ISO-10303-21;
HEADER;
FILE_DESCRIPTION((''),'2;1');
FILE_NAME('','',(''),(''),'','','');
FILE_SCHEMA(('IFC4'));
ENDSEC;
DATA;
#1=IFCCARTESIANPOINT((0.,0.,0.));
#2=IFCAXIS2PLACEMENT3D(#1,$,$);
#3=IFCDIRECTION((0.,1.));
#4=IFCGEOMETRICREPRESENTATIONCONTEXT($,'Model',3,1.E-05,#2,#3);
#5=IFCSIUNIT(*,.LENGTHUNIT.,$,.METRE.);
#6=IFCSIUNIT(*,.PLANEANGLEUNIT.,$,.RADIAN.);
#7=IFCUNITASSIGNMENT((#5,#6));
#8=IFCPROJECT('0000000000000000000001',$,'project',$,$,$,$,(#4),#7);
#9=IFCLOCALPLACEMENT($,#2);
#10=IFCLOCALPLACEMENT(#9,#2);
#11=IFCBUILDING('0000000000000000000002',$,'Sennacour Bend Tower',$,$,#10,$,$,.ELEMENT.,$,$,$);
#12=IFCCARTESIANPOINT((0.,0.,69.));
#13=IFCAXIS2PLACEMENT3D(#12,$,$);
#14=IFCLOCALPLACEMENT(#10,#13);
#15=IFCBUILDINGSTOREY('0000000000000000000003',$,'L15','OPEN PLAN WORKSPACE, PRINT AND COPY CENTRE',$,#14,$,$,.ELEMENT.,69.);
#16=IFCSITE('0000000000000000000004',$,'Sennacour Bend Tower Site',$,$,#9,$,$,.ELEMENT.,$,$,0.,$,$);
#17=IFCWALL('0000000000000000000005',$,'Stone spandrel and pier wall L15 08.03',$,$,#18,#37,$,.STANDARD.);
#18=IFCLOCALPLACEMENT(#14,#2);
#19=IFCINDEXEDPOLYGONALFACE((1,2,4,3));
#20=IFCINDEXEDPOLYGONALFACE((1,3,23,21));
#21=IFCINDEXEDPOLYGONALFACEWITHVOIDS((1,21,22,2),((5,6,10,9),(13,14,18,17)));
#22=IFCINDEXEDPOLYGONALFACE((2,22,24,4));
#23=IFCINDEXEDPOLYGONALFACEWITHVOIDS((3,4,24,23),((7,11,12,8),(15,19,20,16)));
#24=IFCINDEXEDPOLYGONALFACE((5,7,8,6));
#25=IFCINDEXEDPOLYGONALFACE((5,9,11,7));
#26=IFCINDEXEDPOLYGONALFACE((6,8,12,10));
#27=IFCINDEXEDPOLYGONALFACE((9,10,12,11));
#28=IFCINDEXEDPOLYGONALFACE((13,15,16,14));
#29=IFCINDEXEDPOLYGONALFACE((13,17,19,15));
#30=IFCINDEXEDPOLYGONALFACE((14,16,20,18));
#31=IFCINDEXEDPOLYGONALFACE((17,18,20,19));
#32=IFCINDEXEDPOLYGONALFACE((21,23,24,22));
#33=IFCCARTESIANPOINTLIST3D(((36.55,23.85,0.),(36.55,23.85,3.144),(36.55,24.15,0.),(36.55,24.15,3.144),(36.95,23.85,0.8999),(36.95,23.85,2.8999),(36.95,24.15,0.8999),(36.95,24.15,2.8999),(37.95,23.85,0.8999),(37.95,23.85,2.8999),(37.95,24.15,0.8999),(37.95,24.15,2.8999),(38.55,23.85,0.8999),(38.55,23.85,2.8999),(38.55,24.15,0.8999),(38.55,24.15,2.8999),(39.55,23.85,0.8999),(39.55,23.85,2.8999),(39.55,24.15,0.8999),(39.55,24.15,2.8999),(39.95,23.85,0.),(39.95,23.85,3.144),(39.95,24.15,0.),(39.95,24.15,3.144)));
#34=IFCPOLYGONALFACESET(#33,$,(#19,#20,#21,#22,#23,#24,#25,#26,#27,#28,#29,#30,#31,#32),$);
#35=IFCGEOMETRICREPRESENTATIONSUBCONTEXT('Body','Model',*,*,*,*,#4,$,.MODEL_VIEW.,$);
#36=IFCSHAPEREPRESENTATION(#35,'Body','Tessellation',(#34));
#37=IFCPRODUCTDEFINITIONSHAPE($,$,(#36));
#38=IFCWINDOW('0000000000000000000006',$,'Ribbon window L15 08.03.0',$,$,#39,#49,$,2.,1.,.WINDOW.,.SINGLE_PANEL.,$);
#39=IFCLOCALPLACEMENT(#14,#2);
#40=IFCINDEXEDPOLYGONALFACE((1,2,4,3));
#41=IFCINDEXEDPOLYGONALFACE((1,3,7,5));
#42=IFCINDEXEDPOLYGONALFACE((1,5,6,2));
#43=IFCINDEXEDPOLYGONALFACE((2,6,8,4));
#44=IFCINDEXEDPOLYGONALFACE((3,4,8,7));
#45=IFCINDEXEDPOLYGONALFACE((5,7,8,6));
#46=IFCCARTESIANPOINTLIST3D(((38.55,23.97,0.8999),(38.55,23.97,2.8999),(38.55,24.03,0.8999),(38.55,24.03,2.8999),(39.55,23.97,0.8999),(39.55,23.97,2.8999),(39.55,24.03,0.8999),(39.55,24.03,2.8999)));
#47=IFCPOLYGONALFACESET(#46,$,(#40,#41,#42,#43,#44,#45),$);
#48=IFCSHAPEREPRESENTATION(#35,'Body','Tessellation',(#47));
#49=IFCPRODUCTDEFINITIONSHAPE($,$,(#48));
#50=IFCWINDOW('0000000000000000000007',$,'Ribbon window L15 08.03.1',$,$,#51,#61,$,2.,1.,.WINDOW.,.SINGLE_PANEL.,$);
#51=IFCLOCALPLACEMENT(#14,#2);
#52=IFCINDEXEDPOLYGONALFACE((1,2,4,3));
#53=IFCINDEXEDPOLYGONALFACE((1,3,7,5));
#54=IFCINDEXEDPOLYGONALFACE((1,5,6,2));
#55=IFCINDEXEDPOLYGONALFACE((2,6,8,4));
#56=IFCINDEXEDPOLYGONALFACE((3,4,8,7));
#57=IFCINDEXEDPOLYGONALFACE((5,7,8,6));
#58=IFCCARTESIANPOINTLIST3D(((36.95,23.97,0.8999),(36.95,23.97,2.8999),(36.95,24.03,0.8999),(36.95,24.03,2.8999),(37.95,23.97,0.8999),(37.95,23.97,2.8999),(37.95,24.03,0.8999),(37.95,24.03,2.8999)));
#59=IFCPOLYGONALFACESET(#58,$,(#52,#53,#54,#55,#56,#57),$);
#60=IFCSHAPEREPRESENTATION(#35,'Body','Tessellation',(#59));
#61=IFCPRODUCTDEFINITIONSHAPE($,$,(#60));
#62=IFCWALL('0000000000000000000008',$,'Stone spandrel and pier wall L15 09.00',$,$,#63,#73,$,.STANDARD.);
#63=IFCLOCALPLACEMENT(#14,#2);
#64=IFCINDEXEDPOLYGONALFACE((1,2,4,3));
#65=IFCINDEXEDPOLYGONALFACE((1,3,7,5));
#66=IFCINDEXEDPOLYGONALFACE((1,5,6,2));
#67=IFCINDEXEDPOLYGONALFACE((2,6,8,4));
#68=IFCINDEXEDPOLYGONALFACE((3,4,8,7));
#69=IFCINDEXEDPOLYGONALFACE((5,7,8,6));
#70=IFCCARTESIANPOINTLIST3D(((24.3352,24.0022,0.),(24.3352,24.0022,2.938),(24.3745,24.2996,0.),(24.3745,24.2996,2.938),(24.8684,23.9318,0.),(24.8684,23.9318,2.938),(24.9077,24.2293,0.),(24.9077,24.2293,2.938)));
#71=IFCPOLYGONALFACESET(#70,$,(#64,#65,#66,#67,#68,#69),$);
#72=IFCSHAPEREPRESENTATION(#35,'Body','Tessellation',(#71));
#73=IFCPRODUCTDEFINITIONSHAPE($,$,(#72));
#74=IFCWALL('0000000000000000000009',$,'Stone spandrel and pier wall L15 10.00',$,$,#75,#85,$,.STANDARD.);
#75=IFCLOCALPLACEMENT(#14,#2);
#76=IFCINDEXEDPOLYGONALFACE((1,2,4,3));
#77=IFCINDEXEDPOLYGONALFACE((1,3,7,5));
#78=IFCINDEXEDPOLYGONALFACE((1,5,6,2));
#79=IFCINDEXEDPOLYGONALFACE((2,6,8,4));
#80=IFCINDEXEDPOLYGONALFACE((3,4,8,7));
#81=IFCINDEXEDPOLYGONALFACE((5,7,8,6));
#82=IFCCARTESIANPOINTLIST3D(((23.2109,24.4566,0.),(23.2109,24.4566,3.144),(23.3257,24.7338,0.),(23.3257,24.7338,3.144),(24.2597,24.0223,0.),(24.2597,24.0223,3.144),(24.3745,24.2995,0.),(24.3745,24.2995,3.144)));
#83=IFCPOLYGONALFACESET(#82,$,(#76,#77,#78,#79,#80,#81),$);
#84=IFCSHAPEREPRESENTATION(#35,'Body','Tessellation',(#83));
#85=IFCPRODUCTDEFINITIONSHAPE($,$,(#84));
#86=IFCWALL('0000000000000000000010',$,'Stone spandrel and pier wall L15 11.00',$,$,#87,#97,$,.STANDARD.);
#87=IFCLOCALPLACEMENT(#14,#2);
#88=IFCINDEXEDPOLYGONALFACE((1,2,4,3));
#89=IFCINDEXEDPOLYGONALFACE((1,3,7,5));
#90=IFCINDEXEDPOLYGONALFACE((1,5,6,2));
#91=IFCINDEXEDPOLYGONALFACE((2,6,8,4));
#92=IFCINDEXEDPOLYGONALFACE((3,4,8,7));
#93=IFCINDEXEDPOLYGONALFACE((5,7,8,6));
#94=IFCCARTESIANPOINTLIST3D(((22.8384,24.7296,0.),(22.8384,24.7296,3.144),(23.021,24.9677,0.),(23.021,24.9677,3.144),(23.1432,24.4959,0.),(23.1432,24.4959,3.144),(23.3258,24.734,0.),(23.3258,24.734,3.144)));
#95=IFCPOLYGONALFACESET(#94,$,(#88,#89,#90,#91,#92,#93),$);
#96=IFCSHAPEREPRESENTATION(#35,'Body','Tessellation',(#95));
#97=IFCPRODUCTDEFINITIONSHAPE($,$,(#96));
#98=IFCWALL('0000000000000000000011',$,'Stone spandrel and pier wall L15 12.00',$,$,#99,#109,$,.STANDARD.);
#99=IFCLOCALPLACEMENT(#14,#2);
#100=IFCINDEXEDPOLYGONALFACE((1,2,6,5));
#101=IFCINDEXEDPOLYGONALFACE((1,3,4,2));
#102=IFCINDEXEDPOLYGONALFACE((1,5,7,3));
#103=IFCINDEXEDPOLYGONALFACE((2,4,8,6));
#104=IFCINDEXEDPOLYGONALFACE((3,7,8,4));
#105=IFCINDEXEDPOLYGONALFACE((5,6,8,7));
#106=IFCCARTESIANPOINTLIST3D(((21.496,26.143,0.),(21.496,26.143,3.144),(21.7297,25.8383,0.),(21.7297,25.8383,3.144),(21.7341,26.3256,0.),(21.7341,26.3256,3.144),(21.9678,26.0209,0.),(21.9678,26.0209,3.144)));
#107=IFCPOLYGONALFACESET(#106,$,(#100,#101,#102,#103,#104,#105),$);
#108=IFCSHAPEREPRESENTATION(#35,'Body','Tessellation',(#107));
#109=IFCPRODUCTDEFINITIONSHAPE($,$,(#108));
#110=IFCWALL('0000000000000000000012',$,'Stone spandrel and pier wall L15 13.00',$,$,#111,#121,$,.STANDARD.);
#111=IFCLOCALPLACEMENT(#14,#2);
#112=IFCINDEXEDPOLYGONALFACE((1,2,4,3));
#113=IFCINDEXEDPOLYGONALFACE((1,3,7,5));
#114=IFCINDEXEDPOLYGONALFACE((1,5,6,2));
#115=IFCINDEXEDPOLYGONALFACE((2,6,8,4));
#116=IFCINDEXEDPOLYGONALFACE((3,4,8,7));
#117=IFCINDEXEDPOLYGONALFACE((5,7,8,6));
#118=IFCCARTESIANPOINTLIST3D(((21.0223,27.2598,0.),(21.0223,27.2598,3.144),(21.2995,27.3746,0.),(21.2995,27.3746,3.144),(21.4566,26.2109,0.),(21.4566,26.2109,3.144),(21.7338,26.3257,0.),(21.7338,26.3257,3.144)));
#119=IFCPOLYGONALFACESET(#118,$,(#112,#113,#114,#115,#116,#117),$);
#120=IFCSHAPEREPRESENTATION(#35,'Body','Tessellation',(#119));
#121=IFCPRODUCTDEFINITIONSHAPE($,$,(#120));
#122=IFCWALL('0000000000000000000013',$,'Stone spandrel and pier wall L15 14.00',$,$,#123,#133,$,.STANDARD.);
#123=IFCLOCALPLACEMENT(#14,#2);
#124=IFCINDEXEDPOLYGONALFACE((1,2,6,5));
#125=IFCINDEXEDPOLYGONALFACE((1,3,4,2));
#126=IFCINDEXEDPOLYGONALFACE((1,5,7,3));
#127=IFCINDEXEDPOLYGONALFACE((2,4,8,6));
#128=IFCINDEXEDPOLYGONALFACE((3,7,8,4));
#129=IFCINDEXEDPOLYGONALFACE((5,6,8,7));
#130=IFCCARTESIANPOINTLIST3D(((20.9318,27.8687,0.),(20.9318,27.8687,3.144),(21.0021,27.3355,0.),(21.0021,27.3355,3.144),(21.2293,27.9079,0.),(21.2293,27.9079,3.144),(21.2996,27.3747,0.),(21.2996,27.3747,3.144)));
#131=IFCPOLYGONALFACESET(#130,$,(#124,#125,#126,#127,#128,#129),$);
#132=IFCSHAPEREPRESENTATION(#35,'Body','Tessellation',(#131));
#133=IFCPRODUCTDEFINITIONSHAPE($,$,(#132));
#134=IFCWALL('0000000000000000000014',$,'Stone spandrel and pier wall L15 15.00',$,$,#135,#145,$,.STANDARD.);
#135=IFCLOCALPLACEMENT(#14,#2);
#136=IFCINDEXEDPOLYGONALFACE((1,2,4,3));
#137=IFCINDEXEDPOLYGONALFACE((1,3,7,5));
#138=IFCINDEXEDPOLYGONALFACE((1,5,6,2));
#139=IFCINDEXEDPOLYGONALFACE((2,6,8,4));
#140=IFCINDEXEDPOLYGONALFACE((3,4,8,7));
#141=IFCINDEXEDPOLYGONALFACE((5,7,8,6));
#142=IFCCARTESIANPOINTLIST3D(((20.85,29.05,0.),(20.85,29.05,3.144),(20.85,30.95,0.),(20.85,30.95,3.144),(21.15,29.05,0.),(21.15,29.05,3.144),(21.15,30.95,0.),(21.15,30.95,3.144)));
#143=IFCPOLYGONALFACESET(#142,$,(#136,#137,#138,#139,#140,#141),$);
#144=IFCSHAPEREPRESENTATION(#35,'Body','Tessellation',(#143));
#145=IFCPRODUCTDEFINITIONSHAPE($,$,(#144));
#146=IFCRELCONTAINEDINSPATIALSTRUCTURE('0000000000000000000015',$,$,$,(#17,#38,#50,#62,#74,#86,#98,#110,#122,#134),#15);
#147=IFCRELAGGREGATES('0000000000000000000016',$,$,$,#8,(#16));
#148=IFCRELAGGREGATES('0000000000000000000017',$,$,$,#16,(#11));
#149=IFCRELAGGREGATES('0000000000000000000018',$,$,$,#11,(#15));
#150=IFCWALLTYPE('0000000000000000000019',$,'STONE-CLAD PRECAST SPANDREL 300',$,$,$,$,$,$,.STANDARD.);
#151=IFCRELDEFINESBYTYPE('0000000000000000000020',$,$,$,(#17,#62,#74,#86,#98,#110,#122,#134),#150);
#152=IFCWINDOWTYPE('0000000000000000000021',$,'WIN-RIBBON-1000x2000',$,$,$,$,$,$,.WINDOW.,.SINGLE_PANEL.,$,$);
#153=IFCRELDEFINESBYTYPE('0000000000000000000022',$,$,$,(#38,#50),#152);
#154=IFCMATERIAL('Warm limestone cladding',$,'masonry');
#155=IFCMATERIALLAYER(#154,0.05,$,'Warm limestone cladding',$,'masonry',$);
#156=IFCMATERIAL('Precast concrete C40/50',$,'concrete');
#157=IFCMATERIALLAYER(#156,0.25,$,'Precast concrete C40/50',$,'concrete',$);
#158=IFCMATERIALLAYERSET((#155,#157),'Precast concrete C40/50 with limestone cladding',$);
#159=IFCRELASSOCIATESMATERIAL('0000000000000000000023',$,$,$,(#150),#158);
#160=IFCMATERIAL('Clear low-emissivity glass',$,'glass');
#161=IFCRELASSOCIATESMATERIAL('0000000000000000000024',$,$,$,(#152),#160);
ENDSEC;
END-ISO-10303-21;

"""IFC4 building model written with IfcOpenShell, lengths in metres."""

from ifc_helpers import new_model, si_unit, direction, frame, frame_2d, origin, place, context, subcontext, project, spatial, rectangle, extrude, material, layer, layer_set, type_object, element, fill, save


model = new_model("IFC4")

# Units and contexts
model_context = context("Model", 3, precision=1e-05, world=origin(), true_north=direction((0.0, 1.0)))
body_context = subcontext(model_context, "Body", "Model", "MODEL_VIEW")
ifc_project = project(units=[si_unit("LENGTHUNIT", "METRE"), si_unit("PLANEANGLEUNIT", "RADIAN")], contexts=[model_context])

# Site, building, storey
site_placement = place(None, origin())
site = spatial("IfcSite", under=ifc_project, at=site_placement, Name="Sennacour Bend Tower Site", CompositionType="ELEMENT", RefElevation=0.0)
building_placement = place(site_placement, origin())
building = spatial("IfcBuilding", under=site, at=building_placement, Name="Sennacour Bend Tower", CompositionType="ELEMENT")
storey_placement = place(building_placement, frame((0.0, 0.0, 69.0)))
storey = spatial("IfcBuildingStorey", under=building, at=storey_placement, Name="L15", Description="OPEN PLAN WORKSPACE, PRINT AND COPY CENTRE", CompositionType="ELEMENT", Elevation=69.0)

# Wall, openings, windows
ifc_material_1 = material(Name="Warm limestone cladding", Category="masonry")
ifc_layer_1 = layer(ifc_material_1, 0.05, Name="Warm limestone cladding", Category="masonry")
ifc_material_2 = material(Name="Precast concrete C40/50", Category="concrete")
ifc_layer_2 = layer(ifc_material_2, 0.25, Name="Precast concrete C40/50", Category="concrete")
ifc_layer_set_1 = layer_set([ifc_layer_1, ifc_layer_2], Name="Precast concrete C40/50 with limestone cladding")
wall_type_1 = type_object("IfcWallType", Name="STONE-CLAD PRECAST SPANDREL 300", PredefinedType="STANDARD", material=ifc_layer_set_1)
wall_1_placement = place(storey_placement, frame((39.95, 24.0, 0.0), z_axis=(0.0, 0.0, 1.0), x_axis=(-1.0, 0.0, 0.0)))
wall_1 = element("IfcWall", 1, at=wall_1_placement, inside=storey, type_object=wall_type_1, Name="Stone spandrel and pier wall L15 08.03", PredefinedType="STANDARD", context=body_context, shape_type="SweptSolid", body=[
    extrude(rectangle(XDim=3.3999, YDim=0.3, at=frame_2d((1.7, 0.0))), origin(), (0.0, 0.0, 1.0), 3.144),
])
opening_1_placement = place(wall_1_placement, frame((0.3999, 0.0, 0.8999)))
opening_1 = element("IfcOpeningElement", 2, at=opening_1_placement, cuts=wall_1, PredefinedType="OPENING", context=body_context, shape_type="SweptSolid", body=[
    extrude(rectangle(XDim=1.0, YDim=2.0, at=frame_2d((0.5, 1.0))), frame((0.0, 0.1602, 0.0), z_axis=(0.0, -1.0, 0.0), x_axis=(1.0, 0.0, 0.0)), (0.0, 0.0, 1.0), 0.3201),
])
opening_2_placement = place(wall_1_placement, frame((2.0, 0.0, 0.8999)))
opening_2 = element("IfcOpeningElement", 3, at=opening_2_placement, cuts=wall_1, PredefinedType="OPENING", context=body_context, shape_type="SweptSolid", body=[
    extrude(rectangle(XDim=1.0, YDim=2.0, at=frame_2d((0.5, 1.0))), frame((0.0, 0.1602, 0.0), z_axis=(0.0, -1.0, 0.0), x_axis=(1.0, 0.0, 0.0)), (0.0, 0.0, 1.0), 0.3201),
])
ifc_material_3 = material(Name="Clear low-emissivity glass", Category="glass")
window_type_1 = type_object("IfcWindowType", Name="WIN-RIBBON-1000x2000", PartitioningType="SINGLE_PANEL", PredefinedType="WINDOW", material=ifc_material_3)
window_1_placement = place(opening_1_placement, origin())
window_1 = element("IfcWindow", 4, at=window_1_placement, inside=storey, type_object=window_type_1, Name="Ribbon window L15 08.03.0", OverallHeight=2.0, OverallWidth=1.0, PartitioningType="SINGLE_PANEL", PredefinedType="WINDOW", context=body_context, shape_type="SweptSolid", body=[
    extrude(rectangle(XDim=1.0, YDim=2.0, at=frame_2d((0.5, 1.0))), frame((0.0, 0.03, 0.0), z_axis=(0.0, -1.0, 0.0), x_axis=(1.0, 0.0, 0.0)), (0.0, 0.0, 1.0), 0.0601),
])
fill(opening_1, window_1)
window_2_placement = place(opening_2_placement, origin())
window_2 = element("IfcWindow", 5, at=window_2_placement, inside=storey, type_object=window_type_1, Name="Ribbon window L15 08.03.1", OverallHeight=2.0, OverallWidth=1.0, PartitioningType="SINGLE_PANEL", PredefinedType="WINDOW", context=body_context, shape_type="SweptSolid", body=[
    extrude(rectangle(XDim=1.0, YDim=2.0, at=frame_2d((0.5, 1.0))), frame((0.0, 0.03, 0.0), z_axis=(0.0, -1.0, 0.0), x_axis=(1.0, 0.0, 0.0)), (0.0, 0.0, 1.0), 0.0601),
])
fill(opening_2, window_2)

# Walls
wall_2_placement = place(storey_placement, frame((24.8882, 24.0806, 0.0), z_axis=(0.0, 0.0, 1.0), x_axis=(-0.991417, 0.130736, 0.0)))
element("IfcWall", 6, at=wall_2_placement, inside=storey, type_object=wall_type_1, Name="Stone spandrel and pier wall L15 09.00", PredefinedType="STANDARD", context=body_context, shape_type="SweptSolid", body=[
    extrude(rectangle(XDim=0.5378, YDim=0.3, at=frame_2d((0.269, 0.0))), origin(), (0.0, 0.0, 1.0), 2.938),
])
wall_3_placement = place(storey_placement, frame((24.3171, 24.1609, 0.0), z_axis=(0.0, 0.0, 1.0), x_axis=(-0.923915, 0.382599, 0.0)))
element("IfcWall", 7, at=wall_3_placement, inside=storey, type_object=wall_type_1, Name="Stone spandrel and pier wall L15 10.00", PredefinedType="STANDARD", context=body_context, shape_type="SweptSolid", body=[
    extrude(rectangle(XDim=1.1353, YDim=0.3, at=frame_2d((0.5676, 0.0))), origin(), (0.0, 0.0, 1.0), 3.144),
])
for number, where, z_axis, x_axis, name in (
    (8, (23.2344, 24.615, 0.0), (0.0, 0.0, 1.0), (-0.793545, 0.608512, 0.0), "Stone spandrel and pier wall L15 11.00"),
    (9, (21.8486, 25.9297, 0.0), (0.0, 0.0, 1.0), (-0.608512, 0.793545, 0.0), "Stone spandrel and pier wall L15 12.00"),
):
    element("IfcWall", number, at=place(storey_placement, frame(where, z_axis=z_axis, x_axis=x_axis)), inside=storey, type_object=wall_type_1, Name=name, PredefinedType="STANDARD", context=body_context, shape_type="SweptSolid", body=[
        extrude(rectangle(XDim=0.384, YDim=0.3, at=frame_2d((0.1919, 0.0))), origin(), (0.0, 0.0, 1.0), 3.144),
    ])
wall_4_placement = place(storey_placement, frame((21.5952, 26.2683, 0.0), z_axis=(0.0, 0.0, 1.0), x_axis=(-0.382599, 0.923915, 0.0)))
element("IfcWall", 10, at=wall_4_placement, inside=storey, type_object=wall_type_1, Name="Stone spandrel and pier wall L15 13.00", PredefinedType="STANDARD", context=body_context, shape_type="SweptSolid", body=[
    extrude(rectangle(XDim=1.1353, YDim=0.3, at=frame_2d((0.5676, 0.0))), origin(), (0.0, 0.0, 1.0), 3.144),
])
wall_5_placement = place(storey_placement, frame((21.1509, 27.355, 0.0), z_axis=(0.0, 0.0, 1.0), x_axis=(-0.130736, 0.991417, 0.0)))
element("IfcWall", 11, at=wall_5_placement, inside=storey, type_object=wall_type_1, Name="Stone spandrel and pier wall L15 14.00", PredefinedType="STANDARD", context=body_context, shape_type="SweptSolid", body=[
    extrude(rectangle(XDim=0.5378, YDim=0.3, at=frame_2d((0.269, 0.0))), origin(), (0.0, 0.0, 1.0), 3.144),
])
wall_6_placement = place(storey_placement, frame((21.0, 29.05, 0.0), z_axis=(0.0, 0.0, 1.0), x_axis=(0.0, 1.0, 0.0)))
element("IfcWall", 12, at=wall_6_placement, inside=storey, type_object=wall_type_1, Name="Stone spandrel and pier wall L15 15.00", PredefinedType="STANDARD", context=body_context, shape_type="SweptSolid", body=[
    extrude(rectangle(XDim=1.8999, YDim=0.3, at=frame_2d((0.95, 0.0))), origin(), (0.0, 0.0, 1.0), 3.144),
])

save(model, "model.ifc")
